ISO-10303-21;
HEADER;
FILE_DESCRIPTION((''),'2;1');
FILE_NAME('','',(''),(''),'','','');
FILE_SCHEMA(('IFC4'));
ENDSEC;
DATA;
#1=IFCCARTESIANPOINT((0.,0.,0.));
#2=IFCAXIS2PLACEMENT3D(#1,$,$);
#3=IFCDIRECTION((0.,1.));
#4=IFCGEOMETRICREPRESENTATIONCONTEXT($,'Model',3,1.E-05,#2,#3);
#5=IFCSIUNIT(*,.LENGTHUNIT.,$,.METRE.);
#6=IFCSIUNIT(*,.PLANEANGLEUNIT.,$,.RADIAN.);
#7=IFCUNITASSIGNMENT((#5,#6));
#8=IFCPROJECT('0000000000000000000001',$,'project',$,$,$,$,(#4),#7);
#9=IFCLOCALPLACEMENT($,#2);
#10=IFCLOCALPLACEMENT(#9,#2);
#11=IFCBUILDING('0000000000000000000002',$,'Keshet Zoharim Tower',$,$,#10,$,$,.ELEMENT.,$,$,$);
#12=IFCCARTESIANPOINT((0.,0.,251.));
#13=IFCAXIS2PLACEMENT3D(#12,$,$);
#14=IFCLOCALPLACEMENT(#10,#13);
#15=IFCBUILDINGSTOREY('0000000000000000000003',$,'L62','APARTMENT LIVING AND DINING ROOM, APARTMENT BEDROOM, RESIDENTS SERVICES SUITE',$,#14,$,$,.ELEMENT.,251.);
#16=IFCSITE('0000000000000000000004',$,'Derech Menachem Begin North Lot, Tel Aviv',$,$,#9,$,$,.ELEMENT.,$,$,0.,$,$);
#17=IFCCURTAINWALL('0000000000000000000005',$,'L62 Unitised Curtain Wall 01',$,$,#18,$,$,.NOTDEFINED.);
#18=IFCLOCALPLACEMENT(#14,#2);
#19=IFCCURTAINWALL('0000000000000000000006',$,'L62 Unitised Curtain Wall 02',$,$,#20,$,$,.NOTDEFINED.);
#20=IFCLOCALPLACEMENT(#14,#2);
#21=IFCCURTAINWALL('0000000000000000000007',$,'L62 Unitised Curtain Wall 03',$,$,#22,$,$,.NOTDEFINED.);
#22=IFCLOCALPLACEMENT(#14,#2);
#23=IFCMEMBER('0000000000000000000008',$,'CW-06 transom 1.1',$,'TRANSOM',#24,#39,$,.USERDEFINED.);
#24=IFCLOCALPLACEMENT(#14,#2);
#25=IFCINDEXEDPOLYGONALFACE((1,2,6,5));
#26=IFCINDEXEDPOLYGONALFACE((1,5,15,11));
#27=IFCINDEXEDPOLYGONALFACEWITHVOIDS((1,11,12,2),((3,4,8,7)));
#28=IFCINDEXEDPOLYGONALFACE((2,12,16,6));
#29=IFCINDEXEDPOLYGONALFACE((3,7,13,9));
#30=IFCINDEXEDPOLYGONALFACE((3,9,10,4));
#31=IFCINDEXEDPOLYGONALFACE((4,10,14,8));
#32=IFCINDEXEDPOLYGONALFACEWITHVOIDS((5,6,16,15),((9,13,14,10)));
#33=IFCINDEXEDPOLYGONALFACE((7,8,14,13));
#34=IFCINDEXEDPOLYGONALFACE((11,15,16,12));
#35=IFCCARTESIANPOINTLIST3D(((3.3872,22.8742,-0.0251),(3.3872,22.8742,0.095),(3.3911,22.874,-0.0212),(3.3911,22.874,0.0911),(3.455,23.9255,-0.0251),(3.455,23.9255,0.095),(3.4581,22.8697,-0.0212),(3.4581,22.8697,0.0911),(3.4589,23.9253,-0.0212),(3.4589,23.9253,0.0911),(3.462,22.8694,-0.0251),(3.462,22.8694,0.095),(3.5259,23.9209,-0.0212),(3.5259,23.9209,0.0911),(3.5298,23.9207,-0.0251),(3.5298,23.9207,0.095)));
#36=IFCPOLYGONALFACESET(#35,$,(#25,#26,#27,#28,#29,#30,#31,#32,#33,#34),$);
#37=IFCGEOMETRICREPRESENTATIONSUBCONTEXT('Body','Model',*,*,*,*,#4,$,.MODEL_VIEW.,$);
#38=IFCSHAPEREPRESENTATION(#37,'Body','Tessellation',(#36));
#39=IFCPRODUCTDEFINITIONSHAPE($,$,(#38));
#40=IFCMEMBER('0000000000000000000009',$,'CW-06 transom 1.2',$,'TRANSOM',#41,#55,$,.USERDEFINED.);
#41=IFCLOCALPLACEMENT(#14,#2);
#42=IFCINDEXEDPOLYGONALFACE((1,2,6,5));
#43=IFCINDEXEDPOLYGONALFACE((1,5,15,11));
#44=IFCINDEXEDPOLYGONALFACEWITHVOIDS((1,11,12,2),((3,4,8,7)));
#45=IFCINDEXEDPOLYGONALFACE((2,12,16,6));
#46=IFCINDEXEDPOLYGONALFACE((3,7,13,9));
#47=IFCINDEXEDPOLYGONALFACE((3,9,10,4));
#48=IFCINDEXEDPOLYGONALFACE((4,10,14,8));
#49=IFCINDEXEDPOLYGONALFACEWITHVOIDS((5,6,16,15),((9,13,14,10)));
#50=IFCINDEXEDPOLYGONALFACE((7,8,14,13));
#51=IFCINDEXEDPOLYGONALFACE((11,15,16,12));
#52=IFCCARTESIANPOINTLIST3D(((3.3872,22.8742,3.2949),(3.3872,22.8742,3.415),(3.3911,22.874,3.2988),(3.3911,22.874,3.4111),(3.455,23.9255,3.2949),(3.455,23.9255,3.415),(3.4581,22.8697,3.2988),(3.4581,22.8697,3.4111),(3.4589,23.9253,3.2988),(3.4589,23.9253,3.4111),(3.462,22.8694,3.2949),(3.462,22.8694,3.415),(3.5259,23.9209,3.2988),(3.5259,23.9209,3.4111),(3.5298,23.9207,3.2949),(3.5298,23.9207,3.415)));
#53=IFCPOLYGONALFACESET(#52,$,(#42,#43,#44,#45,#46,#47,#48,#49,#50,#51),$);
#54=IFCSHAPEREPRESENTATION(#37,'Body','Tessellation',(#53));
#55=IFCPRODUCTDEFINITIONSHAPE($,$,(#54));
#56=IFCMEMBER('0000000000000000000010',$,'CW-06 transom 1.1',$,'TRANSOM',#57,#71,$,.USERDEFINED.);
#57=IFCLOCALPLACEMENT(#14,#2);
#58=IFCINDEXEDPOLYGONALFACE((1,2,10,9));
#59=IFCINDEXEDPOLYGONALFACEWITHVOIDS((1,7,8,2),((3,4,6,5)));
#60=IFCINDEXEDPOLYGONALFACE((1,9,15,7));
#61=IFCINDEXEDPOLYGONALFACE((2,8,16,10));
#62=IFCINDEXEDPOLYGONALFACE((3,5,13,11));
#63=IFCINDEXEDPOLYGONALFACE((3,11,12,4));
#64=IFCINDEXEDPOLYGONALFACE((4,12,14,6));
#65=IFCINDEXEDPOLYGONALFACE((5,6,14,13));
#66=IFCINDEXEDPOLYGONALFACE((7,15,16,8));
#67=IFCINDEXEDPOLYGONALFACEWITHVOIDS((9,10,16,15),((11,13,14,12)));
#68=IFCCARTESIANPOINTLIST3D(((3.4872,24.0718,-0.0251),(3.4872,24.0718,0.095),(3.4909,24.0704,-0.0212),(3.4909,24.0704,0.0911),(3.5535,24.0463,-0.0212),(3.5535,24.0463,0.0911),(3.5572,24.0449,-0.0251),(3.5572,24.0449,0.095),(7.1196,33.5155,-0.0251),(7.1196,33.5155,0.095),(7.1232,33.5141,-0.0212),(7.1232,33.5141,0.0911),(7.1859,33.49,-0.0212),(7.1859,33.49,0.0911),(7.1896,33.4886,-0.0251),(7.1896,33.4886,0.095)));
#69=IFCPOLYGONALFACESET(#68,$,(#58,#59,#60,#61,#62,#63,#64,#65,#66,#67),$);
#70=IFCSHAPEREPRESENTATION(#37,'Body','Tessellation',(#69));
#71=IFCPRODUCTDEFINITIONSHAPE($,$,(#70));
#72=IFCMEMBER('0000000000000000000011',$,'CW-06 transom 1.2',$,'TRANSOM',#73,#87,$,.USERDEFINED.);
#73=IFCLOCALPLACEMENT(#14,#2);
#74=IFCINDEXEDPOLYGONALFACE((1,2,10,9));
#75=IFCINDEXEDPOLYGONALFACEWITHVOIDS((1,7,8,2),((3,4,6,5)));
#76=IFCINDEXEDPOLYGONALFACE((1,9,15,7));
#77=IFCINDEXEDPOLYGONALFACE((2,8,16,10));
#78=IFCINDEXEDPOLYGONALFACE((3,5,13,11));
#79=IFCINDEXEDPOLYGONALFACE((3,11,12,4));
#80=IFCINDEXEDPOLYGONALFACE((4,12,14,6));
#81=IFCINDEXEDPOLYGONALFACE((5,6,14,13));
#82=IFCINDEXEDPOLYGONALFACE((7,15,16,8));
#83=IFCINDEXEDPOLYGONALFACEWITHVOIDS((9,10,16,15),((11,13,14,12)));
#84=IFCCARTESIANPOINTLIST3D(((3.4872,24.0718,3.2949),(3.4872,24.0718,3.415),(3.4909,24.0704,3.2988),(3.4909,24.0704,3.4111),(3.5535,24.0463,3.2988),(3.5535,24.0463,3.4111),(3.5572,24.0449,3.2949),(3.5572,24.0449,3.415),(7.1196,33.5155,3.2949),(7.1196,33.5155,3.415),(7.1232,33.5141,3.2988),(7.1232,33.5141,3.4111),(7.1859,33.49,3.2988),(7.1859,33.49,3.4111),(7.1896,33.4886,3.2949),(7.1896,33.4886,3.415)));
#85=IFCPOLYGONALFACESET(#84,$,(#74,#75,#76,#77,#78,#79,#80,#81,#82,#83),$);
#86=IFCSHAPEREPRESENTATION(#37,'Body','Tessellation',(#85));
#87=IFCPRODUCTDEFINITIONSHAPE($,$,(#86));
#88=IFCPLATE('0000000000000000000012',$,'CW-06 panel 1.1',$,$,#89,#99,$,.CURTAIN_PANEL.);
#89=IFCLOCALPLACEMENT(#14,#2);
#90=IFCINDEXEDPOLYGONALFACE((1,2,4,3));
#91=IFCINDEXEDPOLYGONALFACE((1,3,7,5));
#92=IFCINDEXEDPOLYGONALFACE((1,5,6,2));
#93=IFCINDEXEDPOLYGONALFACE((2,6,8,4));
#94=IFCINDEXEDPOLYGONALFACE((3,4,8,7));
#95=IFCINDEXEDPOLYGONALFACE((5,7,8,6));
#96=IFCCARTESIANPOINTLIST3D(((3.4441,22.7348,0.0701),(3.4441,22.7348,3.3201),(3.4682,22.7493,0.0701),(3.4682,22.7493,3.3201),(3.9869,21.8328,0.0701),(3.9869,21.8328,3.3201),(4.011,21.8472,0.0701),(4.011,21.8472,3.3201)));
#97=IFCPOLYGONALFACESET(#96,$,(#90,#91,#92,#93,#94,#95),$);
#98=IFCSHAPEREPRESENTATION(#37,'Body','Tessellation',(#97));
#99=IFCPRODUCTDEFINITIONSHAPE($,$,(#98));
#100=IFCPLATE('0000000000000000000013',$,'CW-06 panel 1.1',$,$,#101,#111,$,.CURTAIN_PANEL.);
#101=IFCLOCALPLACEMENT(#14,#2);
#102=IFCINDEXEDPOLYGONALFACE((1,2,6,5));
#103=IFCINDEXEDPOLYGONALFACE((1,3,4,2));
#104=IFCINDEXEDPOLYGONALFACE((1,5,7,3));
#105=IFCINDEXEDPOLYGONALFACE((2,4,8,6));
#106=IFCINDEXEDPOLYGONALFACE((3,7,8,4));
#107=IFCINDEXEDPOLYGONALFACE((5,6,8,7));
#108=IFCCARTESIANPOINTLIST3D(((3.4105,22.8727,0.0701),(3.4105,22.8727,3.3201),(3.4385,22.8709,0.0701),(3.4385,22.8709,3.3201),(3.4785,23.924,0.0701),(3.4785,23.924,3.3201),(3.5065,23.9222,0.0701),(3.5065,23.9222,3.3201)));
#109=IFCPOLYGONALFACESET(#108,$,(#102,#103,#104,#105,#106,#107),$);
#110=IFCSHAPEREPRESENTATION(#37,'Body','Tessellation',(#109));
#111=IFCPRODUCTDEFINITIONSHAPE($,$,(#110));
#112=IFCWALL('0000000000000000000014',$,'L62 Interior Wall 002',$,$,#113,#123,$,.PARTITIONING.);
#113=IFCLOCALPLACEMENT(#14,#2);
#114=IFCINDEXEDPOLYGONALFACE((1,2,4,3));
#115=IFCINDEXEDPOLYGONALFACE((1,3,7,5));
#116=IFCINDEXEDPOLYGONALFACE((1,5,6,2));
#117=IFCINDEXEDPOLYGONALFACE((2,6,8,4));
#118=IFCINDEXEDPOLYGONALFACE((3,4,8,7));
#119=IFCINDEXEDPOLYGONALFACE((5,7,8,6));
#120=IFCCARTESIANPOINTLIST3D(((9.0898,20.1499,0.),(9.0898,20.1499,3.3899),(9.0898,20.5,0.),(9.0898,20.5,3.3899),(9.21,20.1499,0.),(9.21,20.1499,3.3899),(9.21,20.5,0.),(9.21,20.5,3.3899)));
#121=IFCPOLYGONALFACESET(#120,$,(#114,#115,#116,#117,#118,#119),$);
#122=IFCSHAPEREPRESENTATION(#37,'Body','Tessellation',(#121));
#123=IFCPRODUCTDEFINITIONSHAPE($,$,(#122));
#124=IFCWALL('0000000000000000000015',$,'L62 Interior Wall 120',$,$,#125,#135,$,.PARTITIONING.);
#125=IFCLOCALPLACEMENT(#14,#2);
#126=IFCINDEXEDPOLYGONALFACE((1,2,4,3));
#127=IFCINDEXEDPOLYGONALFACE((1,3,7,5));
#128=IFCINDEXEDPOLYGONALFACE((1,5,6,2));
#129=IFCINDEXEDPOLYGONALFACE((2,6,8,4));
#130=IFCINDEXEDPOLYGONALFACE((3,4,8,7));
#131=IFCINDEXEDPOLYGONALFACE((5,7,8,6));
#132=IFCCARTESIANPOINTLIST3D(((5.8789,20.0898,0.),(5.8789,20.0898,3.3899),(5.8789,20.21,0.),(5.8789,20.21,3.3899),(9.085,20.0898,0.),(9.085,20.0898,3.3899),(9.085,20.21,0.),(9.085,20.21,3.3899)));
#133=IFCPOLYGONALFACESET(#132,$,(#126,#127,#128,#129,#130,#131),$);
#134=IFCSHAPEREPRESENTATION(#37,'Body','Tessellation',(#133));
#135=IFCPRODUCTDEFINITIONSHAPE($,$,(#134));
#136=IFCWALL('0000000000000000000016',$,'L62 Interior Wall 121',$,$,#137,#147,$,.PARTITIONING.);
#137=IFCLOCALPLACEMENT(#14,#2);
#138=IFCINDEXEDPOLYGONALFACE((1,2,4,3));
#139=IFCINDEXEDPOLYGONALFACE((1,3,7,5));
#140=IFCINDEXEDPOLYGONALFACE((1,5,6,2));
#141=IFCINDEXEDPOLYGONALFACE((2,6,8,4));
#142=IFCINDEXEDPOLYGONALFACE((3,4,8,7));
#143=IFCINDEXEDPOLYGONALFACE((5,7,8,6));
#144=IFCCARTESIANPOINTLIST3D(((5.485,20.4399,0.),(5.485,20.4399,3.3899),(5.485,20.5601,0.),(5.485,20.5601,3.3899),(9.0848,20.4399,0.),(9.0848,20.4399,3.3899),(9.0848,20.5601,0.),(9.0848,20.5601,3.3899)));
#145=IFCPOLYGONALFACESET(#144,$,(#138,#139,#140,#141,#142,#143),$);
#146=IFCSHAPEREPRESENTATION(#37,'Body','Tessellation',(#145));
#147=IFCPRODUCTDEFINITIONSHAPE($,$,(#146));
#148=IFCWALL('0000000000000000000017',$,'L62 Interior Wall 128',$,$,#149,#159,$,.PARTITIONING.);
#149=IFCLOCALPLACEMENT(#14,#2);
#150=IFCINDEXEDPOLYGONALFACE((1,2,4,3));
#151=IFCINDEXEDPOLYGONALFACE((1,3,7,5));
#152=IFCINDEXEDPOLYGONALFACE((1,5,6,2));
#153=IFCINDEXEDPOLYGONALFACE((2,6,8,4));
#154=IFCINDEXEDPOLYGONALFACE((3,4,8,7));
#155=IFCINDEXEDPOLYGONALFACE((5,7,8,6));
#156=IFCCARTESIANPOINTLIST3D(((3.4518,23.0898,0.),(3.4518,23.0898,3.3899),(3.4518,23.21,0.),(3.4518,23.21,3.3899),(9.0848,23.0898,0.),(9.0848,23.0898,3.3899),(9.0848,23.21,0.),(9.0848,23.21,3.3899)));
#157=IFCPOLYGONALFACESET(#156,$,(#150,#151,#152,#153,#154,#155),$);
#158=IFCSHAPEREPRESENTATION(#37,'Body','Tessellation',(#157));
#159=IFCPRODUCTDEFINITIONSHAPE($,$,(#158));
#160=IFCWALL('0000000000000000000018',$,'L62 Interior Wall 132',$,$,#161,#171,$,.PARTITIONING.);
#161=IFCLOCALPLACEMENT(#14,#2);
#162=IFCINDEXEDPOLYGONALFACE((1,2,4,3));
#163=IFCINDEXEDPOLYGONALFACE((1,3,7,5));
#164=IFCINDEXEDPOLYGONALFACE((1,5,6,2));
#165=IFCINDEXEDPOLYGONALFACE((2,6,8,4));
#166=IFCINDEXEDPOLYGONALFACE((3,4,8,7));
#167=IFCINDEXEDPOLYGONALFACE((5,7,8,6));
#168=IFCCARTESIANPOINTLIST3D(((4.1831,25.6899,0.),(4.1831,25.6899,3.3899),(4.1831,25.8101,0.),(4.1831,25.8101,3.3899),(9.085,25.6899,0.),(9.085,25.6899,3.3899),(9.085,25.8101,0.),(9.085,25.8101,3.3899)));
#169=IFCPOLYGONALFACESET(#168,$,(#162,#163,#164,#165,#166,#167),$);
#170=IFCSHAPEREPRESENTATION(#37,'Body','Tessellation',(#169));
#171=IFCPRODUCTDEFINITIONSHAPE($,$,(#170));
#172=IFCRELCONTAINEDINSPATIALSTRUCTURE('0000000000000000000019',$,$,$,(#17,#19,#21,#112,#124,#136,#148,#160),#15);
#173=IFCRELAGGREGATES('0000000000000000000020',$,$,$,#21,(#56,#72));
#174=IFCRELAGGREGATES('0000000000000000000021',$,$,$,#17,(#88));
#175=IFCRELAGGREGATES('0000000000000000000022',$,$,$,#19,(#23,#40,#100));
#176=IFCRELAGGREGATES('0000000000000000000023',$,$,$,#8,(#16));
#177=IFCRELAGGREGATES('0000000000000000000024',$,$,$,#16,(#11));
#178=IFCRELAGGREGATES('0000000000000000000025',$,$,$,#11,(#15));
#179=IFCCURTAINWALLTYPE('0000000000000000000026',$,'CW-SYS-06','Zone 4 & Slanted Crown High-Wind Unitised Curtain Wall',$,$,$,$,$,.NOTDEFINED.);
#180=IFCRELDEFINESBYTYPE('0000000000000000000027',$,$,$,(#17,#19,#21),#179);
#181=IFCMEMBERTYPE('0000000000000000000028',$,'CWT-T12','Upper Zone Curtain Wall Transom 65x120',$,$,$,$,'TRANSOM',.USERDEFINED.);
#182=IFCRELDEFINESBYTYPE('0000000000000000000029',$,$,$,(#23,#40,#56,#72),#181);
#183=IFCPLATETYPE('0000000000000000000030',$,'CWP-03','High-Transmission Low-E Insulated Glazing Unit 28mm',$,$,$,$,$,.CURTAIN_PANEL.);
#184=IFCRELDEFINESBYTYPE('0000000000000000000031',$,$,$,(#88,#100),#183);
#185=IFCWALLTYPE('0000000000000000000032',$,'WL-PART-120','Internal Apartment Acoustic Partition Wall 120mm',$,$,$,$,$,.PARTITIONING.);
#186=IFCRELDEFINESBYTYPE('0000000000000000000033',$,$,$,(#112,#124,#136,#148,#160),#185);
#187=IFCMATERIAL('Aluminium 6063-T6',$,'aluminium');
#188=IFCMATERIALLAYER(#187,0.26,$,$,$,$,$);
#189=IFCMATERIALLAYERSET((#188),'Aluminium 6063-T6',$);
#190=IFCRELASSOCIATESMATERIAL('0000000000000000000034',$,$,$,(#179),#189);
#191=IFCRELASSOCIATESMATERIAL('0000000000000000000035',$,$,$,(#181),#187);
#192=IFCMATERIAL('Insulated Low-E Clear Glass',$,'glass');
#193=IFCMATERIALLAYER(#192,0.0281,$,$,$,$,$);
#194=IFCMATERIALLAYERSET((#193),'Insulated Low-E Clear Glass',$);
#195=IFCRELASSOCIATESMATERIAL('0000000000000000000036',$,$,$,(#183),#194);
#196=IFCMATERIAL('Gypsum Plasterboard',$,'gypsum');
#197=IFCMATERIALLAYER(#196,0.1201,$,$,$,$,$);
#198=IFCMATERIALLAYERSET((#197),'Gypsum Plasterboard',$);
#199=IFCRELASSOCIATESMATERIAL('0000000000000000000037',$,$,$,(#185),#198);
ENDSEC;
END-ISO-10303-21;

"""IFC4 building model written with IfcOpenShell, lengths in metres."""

from ifc_helpers import new_model, si_unit, direction, frame, frame_2d, origin, origin_2d, place, context, subcontext, project, spatial, rectangle, hollow_rectangle, extrude, material, layer, layer_set, material_profile, profile_set, type_object, element, aggregate, save


model = new_model("IFC4")

# Units and contexts
model_context = context("Model", 3, precision=1e-05, world=origin(), true_north=direction((0.0, 1.0)))
body_context = subcontext(model_context, "Body", "Model", "MODEL_VIEW")
ifc_project = project(units=[si_unit("LENGTHUNIT", "METRE"), si_unit("PLANEANGLEUNIT", "RADIAN")], contexts=[model_context])

# Site, building, storey
site_placement = place(None, origin())
site = spatial("IfcSite", under=ifc_project, at=site_placement, Name="Derech Menachem Begin North Lot, Tel Aviv", CompositionType="ELEMENT", RefElevation=0.0)
building_placement = place(site_placement, origin())
building = spatial("IfcBuilding", under=site, at=building_placement, Name="Keshet Zoharim Tower", CompositionType="ELEMENT")
storey_placement = place(building_placement, frame((0.0, 0.0, 251.0)))
storey = spatial("IfcBuildingStorey", under=building, at=storey_placement, Name="L62", Description="APARTMENT LIVING AND DINING ROOM, APARTMENT BEDROOM, RESIDENTS SERVICES SUITE", CompositionType="ELEMENT", Elevation=251.0)

# Curtain walls
ifc_material_1 = material(Name="Aluminium 6063-T6", Category="aluminium")
ifc_layer_1 = layer(ifc_material_1, 0.26)
ifc_layer_set_1 = layer_set([ifc_layer_1], Name="Aluminium 6063-T6")
curtain_wall_type = type_object("IfcCurtainWallType", Name="CW-SYS-06", Description="Zone 4 & Slanted Crown High-Wind Unitised Curtain Wall", PredefinedType="NOTDEFINED", material=ifc_layer_set_1)
curtain_wall_1_placement = place(storey_placement, origin())
curtain_wall_1 = element("IfcCurtainWall", 1, at=curtain_wall_1_placement, inside=storey, type_object=curtain_wall_type, Name="L62 Unitised Curtain Wall 01", PredefinedType="NOTDEFINED")
curtain_wall_2_placement = place(storey_placement, origin())
curtain_wall_2 = element("IfcCurtainWall", 2, at=curtain_wall_2_placement, inside=storey, type_object=curtain_wall_type, Name="L62 Unitised Curtain Wall 02", PredefinedType="NOTDEFINED")

# Curtain wall
curtain_wall_3_placement = place(storey_placement, origin())
curtain_wall_3 = element("IfcCurtainWall", 3, at=curtain_wall_3_placement, inside=storey, type_object=curtain_wall_type, Name="L62 Unitised Curtain Wall 03", PredefinedType="NOTDEFINED")

# Members
ifc_material_profile_1 = material_profile(ifc_material_1, hollow_rectangle(XDim=0.075, YDim=0.1201, WallThickness=0.0039, at=origin_2d()), Name="TRN-75x120")
ifc_profile_set_1 = profile_set([ifc_material_profile_1], Name="Aluminium 6063-T6")
member_type_1 = type_object("IfcMemberType", Name="CWT-T12", Description="Upper Zone Curtain Wall Transom 65x120", ElementType="TRANSOM", PredefinedType="USERDEFINED", material=ifc_profile_set_1)
member_1_placement = place(storey_placement, frame((3.4246, 22.8718, 0.0349), z_axis=(0.064427, 0.997922, 0.0), x_axis=(-0.997922, 0.064427, 0.0)))
member_1 = element("IfcMember", 4, at=member_1_placement, type_object=member_type_1, Name="CW-06 transom 1.1", ObjectType="TRANSOM", PredefinedType="USERDEFINED", context=body_context, shape_type="SweptSolid", body=[
    extrude(hollow_rectangle(XDim=0.075, YDim=0.1201, WallThickness=0.0039, at=origin_2d()), origin(), (0.0, 0.0, 1.0), 1.0535),
])
member_2_placement = place(storey_placement, frame((3.4246, 22.8718, 3.355), z_axis=(0.064427, 0.997922, 0.0), x_axis=(-0.997922, 0.064427, 0.0)))
member_2 = element("IfcMember", 5, at=member_2_placement, type_object=member_type_1, Name="CW-06 transom 1.2", ObjectType="TRANSOM", PredefinedType="USERDEFINED", context=body_context, shape_type="SweptSolid", body=[
    extrude(hollow_rectangle(XDim=0.075, YDim=0.1201, WallThickness=0.0039, at=origin_2d()), origin(), (0.0, 0.0, 1.0), 1.0535),
])
member_3_placement = place(storey_placement, frame((3.5222, 24.0583, 0.0349), z_axis=(0.358994, 0.93334, 0.0), x_axis=(-0.93334, 0.358994, 0.0)))
member_3 = element("IfcMember", 6, at=member_3_placement, type_object=member_type_1, Name="CW-06 transom 1.1", ObjectType="TRANSOM", PredefinedType="USERDEFINED", context=body_context, shape_type="SweptSolid", body=[
    extrude(hollow_rectangle(XDim=0.075, YDim=0.1201, WallThickness=0.0039, at=origin_2d()), origin(), (0.0, 0.0, 1.0), 10.1182),
])
member_4_placement = place(storey_placement, frame((3.5222, 24.0583, 3.355), z_axis=(0.358994, 0.93334, 0.0), x_axis=(-0.93334, 0.358994, 0.0)))
member_4 = element("IfcMember", 7, at=member_4_placement, type_object=member_type_1, Name="CW-06 transom 1.2", ObjectType="TRANSOM", PredefinedType="USERDEFINED", context=body_context, shape_type="SweptSolid", body=[
    extrude(hollow_rectangle(XDim=0.075, YDim=0.1201, WallThickness=0.0039, at=origin_2d()), origin(), (0.0, 0.0, 1.0), 10.1182),
])
aggregate(curtain_wall_3, [member_3, member_4])

# Plates
ifc_material_2 = material(Name="Insulated Low-E Clear Glass", Category="glass")
ifc_layer_2 = layer(ifc_material_2, 0.0281)
ifc_layer_set_2 = layer_set([ifc_layer_2], Name="Insulated Low-E Clear Glass")
plate_type = type_object("IfcPlateType", Name="CWP-03", Description="High-Transmission Low-E Insulated Glazing Unit 28mm", PredefinedType="CURTAIN_PANEL", material=ifc_layer_set_2)
plate_1_placement = place(storey_placement, frame((3.7275, 22.291, 0.0701), z_axis=(0.0, 0.0, 1.0), x_axis=(-0.515605, 0.856826, 0.0)))
plate_1 = element("IfcPlate", 8, at=plate_1_placement, type_object=plate_type, Name="CW-06 panel 1.1", PredefinedType="CURTAIN_PANEL", context=body_context, shape_type="SweptSolid", body=[
    extrude(rectangle(XDim=1.0527, YDim=0.0281, at=origin_2d()), origin(), (0.0, 0.0, 1.0), 3.25),
])
aggregate(curtain_wall_1, [plate_1])
plate_2_placement = place(storey_placement, frame((3.4585, 23.3975, 0.0701), z_axis=(0.0, 0.0, 1.0), x_axis=(0.064517, 0.997917, 0.0)))
plate_2 = element("IfcPlate", 9, at=plate_2_placement, type_object=plate_type, Name="CW-06 panel 1.1", PredefinedType="CURTAIN_PANEL", context=body_context, shape_type="SweptSolid", body=[
    extrude(rectangle(XDim=1.0535, YDim=0.0281, at=origin_2d()), origin(), (0.0, 0.0, 1.0), 3.25),
])
aggregate(curtain_wall_2, [member_1, member_2, plate_2])

# Wall
ifc_material_3 = material(Name="Gypsum Plasterboard", Category="gypsum")
ifc_layer_3 = layer(ifc_material_3, 0.1201)
ifc_layer_set_3 = layer_set([ifc_layer_3], Name="Gypsum Plasterboard")
wall_type_1 = type_object("IfcWallType", Name="WL-PART-120", Description="Internal Apartment Acoustic Partition Wall 120mm", PredefinedType="PARTITIONING", material=ifc_layer_set_3)
wall_1_placement = place(storey_placement, frame((9.1499, 20.1499, 0.0), z_axis=(0.0, 0.0, 1.0), x_axis=(0.0, 1.0, 0.0)))
element("IfcWall", 10, at=wall_1_placement, inside=storey, type_object=wall_type_1, Name="L62 Interior Wall 002", PredefinedType="PARTITIONING", context=body_context, shape_type="SweptSolid", body=[
    extrude(rectangle(XDim=0.3501, YDim=0.1201, at=frame_2d((0.175, 0.0))), origin(), (0.0, 0.0, 1.0), 3.3899),
])

# Walls
wall_2_placement = place(storey_placement, frame((5.8789, 20.1499, 0.0), z_axis=(0.0, 0.0, 1.0), x_axis=(1.0, 0.0, 0.0)))
element("IfcWall", 11, at=wall_2_placement, inside=storey, type_object=wall_type_1, Name="L62 Interior Wall 120", PredefinedType="PARTITIONING", context=body_context, shape_type="SweptSolid", body=[
    extrude(rectangle(XDim=3.2061, YDim=0.1201, at=frame_2d((1.603, 0.0))), origin(), (0.0, 0.0, 1.0), 3.3899),
])
wall_3_placement = place(storey_placement, frame((5.4851, 20.5, 0.0), z_axis=(0.0, 0.0, 1.0), x_axis=(1.0, 0.0, 0.0)))
element("IfcWall", 12, at=wall_3_placement, inside=storey, type_object=wall_type_1, Name="L62 Interior Wall 121", PredefinedType="PARTITIONING", context=body_context, shape_type="SweptSolid", body=[
    extrude(rectangle(XDim=3.5999, YDim=0.1201, at=frame_2d((1.7998, 0.0))), origin(), (0.0, 0.0, 1.0), 3.3899),
])
wall_4_placement = place(storey_placement, frame((3.4519, 23.1499, 0.0), z_axis=(0.0, 0.0, 1.0), x_axis=(1.0, 0.0, 0.0)))
element("IfcWall", 13, at=wall_4_placement, inside=storey, type_object=wall_type_1, Name="L62 Interior Wall 128", PredefinedType="PARTITIONING", context=body_context, shape_type="SweptSolid", body=[
    extrude(rectangle(XDim=5.6331, YDim=0.1201, at=frame_2d((2.8164, 0.0))), origin(), (0.0, 0.0, 1.0), 3.3899),
])
wall_5_placement = place(storey_placement, frame((4.1831, 25.75, 0.0), z_axis=(0.0, 0.0, 1.0), x_axis=(1.0, 0.0, 0.0)))
element("IfcWall", 14, at=wall_5_placement, inside=storey, type_object=wall_type_1, Name="L62 Interior Wall 132", PredefinedType="PARTITIONING", context=body_context, shape_type="SweptSolid", body=[
    extrude(rectangle(XDim=4.9019, YDim=0.1201, at=frame_2d((2.4509, 0.0))), origin(), (0.0, 0.0, 1.0), 3.3899),
])

save(model, "model.ifc")
